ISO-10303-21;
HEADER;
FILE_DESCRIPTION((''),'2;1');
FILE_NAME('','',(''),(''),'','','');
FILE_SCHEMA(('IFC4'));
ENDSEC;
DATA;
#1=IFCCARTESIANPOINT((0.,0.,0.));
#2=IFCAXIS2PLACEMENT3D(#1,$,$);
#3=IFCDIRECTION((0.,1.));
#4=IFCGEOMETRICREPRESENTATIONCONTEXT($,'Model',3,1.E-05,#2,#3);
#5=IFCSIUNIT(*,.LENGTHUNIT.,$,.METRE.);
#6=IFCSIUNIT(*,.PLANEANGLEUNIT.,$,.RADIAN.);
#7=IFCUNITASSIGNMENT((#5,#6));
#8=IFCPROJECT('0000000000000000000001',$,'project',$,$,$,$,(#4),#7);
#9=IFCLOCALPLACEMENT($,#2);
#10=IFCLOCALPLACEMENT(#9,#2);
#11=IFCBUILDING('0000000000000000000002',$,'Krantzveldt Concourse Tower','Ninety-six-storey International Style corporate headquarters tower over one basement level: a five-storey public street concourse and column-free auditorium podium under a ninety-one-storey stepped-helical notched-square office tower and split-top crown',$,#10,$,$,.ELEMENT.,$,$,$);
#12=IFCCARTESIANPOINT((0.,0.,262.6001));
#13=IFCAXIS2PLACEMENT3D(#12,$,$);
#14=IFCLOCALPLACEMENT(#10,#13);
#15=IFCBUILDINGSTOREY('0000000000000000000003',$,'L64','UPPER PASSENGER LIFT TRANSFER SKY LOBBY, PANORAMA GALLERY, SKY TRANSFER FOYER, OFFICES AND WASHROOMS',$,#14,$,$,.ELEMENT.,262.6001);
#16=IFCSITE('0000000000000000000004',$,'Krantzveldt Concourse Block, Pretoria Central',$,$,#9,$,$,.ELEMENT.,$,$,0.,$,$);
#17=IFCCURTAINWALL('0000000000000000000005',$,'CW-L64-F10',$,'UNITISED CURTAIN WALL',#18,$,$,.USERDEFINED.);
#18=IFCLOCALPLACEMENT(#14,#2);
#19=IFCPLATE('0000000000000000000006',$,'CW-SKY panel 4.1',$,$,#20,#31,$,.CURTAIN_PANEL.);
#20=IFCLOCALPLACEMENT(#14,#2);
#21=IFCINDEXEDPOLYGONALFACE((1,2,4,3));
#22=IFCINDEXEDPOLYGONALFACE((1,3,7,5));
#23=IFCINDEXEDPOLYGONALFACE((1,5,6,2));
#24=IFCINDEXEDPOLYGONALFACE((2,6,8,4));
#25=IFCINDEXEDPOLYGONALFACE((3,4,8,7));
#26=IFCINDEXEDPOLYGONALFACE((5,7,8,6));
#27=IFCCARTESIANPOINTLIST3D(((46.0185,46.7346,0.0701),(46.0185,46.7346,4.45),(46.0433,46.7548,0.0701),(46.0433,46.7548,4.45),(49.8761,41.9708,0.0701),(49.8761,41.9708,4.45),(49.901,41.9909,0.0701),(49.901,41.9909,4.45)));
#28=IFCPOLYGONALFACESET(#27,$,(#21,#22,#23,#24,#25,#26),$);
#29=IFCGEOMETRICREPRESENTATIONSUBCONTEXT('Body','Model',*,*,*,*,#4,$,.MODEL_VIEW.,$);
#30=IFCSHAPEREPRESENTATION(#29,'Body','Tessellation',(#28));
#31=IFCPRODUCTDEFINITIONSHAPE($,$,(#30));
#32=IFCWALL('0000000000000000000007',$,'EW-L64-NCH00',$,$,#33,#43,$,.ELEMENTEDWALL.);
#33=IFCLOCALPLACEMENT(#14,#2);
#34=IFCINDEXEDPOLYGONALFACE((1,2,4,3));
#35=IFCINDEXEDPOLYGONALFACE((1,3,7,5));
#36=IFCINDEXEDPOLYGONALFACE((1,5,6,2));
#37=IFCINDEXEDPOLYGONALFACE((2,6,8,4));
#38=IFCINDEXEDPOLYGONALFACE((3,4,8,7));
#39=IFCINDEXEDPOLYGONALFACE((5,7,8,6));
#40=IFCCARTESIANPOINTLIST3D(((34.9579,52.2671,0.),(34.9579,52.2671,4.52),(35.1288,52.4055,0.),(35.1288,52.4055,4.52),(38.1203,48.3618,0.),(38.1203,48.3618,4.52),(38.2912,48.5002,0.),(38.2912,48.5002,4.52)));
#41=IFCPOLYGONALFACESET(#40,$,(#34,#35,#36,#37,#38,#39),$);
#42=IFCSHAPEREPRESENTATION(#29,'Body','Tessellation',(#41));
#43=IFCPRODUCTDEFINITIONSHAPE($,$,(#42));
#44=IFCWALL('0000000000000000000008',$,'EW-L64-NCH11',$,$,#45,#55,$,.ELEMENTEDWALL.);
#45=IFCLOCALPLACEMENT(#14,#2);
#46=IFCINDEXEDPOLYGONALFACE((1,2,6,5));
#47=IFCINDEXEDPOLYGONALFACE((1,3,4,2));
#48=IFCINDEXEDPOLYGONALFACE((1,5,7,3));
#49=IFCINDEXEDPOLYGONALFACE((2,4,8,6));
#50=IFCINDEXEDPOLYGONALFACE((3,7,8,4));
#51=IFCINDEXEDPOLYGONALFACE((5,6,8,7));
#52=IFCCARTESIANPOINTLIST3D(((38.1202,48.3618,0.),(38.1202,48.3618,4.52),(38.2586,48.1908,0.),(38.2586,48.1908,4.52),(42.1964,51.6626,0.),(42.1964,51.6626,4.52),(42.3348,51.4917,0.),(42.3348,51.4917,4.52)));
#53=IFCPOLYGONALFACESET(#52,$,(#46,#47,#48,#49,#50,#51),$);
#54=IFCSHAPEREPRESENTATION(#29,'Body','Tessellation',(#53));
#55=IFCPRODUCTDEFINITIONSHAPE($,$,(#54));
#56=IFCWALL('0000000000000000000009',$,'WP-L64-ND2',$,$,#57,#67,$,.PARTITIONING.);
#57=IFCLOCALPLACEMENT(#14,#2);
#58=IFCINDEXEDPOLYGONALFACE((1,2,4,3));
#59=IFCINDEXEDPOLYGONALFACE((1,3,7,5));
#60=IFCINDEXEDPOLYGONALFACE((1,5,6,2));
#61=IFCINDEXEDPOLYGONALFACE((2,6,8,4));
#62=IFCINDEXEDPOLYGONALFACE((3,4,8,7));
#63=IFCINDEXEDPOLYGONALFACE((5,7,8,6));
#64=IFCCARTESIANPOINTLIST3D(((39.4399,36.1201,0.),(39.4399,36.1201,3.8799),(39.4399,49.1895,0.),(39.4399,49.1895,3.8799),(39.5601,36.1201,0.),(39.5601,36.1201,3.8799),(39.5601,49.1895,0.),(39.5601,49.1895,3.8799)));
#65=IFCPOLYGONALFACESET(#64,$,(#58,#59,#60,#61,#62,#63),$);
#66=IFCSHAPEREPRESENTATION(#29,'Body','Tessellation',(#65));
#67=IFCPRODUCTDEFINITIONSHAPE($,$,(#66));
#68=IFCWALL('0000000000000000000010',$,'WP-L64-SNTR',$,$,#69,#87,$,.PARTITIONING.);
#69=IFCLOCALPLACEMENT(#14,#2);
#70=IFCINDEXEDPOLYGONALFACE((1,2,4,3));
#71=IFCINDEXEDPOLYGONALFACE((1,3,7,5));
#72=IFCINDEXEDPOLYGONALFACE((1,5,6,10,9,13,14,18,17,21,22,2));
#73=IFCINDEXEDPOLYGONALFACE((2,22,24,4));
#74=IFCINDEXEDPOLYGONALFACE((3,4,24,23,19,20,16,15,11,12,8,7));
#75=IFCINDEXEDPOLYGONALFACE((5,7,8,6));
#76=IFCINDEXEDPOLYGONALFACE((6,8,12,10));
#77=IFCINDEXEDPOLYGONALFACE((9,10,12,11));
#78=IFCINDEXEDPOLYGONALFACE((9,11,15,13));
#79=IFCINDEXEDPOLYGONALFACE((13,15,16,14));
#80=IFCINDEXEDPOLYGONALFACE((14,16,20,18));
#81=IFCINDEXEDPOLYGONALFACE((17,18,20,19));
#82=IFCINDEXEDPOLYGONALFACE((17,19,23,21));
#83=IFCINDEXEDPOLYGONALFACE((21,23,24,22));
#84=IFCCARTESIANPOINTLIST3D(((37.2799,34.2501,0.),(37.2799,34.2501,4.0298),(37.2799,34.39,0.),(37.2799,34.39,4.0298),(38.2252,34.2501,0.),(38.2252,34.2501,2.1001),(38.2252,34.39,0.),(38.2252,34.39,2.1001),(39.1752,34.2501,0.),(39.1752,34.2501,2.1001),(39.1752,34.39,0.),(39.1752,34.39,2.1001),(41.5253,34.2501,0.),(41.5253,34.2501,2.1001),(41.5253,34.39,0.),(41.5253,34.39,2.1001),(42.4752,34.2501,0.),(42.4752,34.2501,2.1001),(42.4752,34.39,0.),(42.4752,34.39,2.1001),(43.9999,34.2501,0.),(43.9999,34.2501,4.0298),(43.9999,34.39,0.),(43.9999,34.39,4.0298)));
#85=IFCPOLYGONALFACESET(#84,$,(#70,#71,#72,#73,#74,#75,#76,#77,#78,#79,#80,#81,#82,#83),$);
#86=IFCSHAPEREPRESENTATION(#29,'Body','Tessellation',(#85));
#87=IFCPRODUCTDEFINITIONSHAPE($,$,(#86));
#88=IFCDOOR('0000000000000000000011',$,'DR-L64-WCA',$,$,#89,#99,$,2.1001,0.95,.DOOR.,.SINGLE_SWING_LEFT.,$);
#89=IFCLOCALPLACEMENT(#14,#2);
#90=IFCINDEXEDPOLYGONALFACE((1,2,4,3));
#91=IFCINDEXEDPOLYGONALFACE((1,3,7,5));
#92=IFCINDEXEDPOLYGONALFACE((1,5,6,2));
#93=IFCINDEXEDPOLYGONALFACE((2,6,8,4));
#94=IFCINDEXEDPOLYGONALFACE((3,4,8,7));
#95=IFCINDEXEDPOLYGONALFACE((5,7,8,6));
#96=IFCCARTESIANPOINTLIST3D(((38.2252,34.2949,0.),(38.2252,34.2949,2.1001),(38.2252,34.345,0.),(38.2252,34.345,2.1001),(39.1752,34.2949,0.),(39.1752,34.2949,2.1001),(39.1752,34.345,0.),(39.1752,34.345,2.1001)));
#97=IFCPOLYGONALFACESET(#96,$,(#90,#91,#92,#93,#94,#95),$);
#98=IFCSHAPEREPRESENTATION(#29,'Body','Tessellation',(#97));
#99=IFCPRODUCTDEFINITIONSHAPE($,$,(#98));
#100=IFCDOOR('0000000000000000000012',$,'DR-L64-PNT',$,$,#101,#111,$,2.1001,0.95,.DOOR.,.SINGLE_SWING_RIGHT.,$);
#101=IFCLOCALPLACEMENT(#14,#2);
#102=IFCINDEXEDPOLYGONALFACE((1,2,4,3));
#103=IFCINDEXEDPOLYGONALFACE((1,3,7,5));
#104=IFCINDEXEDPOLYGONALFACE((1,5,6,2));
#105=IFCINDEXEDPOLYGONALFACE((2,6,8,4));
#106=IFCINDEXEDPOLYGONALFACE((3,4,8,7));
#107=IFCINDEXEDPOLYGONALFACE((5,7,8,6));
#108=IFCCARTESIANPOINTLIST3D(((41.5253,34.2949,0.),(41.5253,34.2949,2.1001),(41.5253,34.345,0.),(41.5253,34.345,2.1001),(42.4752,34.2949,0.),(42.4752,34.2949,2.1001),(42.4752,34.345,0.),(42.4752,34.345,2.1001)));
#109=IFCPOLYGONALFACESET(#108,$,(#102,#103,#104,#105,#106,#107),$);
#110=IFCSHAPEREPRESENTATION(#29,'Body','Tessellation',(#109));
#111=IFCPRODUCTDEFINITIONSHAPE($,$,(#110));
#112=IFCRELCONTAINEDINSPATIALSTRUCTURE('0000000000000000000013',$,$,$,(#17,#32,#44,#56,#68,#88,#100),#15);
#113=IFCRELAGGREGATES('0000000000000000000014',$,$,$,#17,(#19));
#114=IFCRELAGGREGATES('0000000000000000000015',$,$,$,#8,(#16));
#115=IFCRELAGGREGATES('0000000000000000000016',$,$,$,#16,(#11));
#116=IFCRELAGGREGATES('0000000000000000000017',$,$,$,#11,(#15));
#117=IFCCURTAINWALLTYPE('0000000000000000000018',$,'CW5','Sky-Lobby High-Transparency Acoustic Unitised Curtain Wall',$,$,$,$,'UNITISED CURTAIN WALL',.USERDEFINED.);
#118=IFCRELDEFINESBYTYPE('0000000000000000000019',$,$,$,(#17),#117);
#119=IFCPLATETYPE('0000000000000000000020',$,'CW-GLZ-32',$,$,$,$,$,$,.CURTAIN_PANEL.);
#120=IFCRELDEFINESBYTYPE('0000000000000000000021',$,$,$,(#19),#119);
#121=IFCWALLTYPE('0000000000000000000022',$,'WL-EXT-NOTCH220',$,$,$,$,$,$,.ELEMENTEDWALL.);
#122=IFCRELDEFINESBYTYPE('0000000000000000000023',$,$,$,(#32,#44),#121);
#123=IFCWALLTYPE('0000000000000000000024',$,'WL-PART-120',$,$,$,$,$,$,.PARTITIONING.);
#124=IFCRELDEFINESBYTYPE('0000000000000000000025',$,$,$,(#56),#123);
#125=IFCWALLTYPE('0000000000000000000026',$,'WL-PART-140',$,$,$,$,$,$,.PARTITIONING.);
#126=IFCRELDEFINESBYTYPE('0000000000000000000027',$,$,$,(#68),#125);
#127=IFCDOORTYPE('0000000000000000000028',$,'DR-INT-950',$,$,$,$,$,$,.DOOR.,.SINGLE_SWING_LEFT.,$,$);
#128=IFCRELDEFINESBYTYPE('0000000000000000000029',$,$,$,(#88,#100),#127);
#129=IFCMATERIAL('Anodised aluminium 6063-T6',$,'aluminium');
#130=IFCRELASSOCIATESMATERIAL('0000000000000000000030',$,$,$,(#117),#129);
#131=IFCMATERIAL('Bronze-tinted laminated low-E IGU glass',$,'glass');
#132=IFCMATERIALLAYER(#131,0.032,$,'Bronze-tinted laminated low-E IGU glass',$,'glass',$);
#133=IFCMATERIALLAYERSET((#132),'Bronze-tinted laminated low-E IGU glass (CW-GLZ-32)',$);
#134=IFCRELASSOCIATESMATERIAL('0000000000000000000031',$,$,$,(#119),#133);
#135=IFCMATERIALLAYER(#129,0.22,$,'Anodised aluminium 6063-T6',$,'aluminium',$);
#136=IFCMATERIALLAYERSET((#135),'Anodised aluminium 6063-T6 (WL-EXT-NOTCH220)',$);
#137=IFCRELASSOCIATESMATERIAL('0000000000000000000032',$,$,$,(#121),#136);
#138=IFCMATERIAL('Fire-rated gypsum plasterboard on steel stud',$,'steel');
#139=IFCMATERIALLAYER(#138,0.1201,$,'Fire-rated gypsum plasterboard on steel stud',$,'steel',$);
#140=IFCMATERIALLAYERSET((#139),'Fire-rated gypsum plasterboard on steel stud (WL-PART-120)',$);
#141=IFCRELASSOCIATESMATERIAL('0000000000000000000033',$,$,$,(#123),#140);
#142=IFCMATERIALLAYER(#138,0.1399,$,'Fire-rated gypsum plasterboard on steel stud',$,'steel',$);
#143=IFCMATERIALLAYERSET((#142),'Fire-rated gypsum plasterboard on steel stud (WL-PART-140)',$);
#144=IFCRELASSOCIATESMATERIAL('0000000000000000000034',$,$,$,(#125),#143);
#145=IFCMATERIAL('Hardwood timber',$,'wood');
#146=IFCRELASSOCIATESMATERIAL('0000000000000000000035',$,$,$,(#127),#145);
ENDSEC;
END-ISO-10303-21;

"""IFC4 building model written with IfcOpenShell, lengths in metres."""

from ifc_helpers import new_model, si_unit, direction, frame, frame_2d, origin, origin_2d, place, context, subcontext, project, spatial, rectangle, extrude, source, transform, mapped, material, layer, layer_set, type_object, element, fill, aggregate, save


model = new_model("IFC4")

# Units and contexts
model_context = context("Model", 3, precision=1e-05, world=origin(), true_north=direction((0.0, 1.0)))
body_context = subcontext(model_context, "Body", "Model", "MODEL_VIEW")
ifc_project = project(units=[si_unit("LENGTHUNIT", "METRE"), si_unit("PLANEANGLEUNIT", "RADIAN")], contexts=[model_context])

# Site, building, storey
site_placement = place(None, origin())
site = spatial("IfcSite", under=ifc_project, at=site_placement, Name="Krantzveldt Concourse Block, Pretoria Central", CompositionType="ELEMENT", RefElevation=0.0)
building_placement = place(site_placement, origin())
building = spatial("IfcBuilding", under=site, at=building_placement, Name="Krantzveldt Concourse Tower", Description="Ninety-six-storey International Style corporate headquarters tower over one basement level: a five-storey public street concourse and column-free auditorium podium under a ninety-one-storey stepped-helical notched-square office tower and split-top crown", CompositionType="ELEMENT")
storey_placement = place(building_placement, frame((0.0, 0.0, 262.6001)))
storey = spatial("IfcBuildingStorey", under=building, at=storey_placement, Name="L64", Description="UPPER PASSENGER LIFT TRANSFER SKY LOBBY, PANORAMA GALLERY, SKY TRANSFER FOYER, OFFICES AND WASHROOMS", CompositionType="ELEMENT", Elevation=262.6001)

# Shared definitions
ifc_material_1 = material(Name="Anodised aluminium 6063-T6", Category="aluminium")
curtain_wall_type = type_object("IfcCurtainWallType", Name="CW5", Description="Sky-Lobby High-Transparency Acoustic Unitised Curtain Wall", ElementType="UNITISED CURTAIN WALL", PredefinedType="USERDEFINED", material=ifc_material_1)

# Curtain wall
curtain_wall_1_placement = place(storey_placement, origin())
curtain_wall_1 = element("IfcCurtainWall", 1, at=curtain_wall_1_placement, inside=storey, type_object=curtain_wall_type, Name="CW-L64-F10", ObjectType="UNITISED CURTAIN WALL", PredefinedType="USERDEFINED")

# Plate
ifc_material_2 = material(Name="Bronze-tinted laminated low-E IGU glass", Category="glass")
ifc_layer_1 = layer(ifc_material_2, 0.032, Name="Bronze-tinted laminated low-E IGU glass", Category="glass")
ifc_layer_set_1 = layer_set([ifc_layer_1], Name="Bronze-tinted laminated low-E IGU glass (CW-GLZ-32)")
plate_type = type_object("IfcPlateType", Name="CW-GLZ-32", PredefinedType="CURTAIN_PANEL", material=ifc_layer_set_1)
shared_shape_1 = source(origin(), body_context, "Body", "SweptSolid", [
    extrude(rectangle(XDim=6.1299, YDim=0.032, at=origin_2d()), origin(), (0.0, 0.0, 1.0), 4.3799),
])
plate_1_placement = place(storey_placement, frame((47.9597, 44.3628, 0.0701), z_axis=(0.0, 0.0, 1.0), x_axis=(-0.62932, 0.777146, 0.0)))
plate_1 = element("IfcPlate", 2, at=plate_1_placement, type_object=plate_type, Name="CW-SKY panel 4.1", PredefinedType="CURTAIN_PANEL", context=body_context, shape_type="MappedRepresentation", body=[
    mapped(shared_shape_1, transform((0.0, 0.0, 0.0), x_axis=(1.0, 0.0, 0.0), y_axis=(0.0, 1.0, 0.0), z_axis=(0.0, 0.0, 1.0), scale=1.0)),
])
aggregate(curtain_wall_1, [plate_1])

# Walls
ifc_layer_2 = layer(ifc_material_1, 0.22, Name="Anodised aluminium 6063-T6", Category="aluminium")
ifc_layer_set_2 = layer_set([ifc_layer_2], Name="Anodised aluminium 6063-T6 (WL-EXT-NOTCH220)")
wall_type_1 = type_object("IfcWallType", Name="WL-EXT-NOTCH220", PredefinedType="ELEMENTEDWALL", material=ifc_layer_set_2)
wall_1_placement = place(storey_placement, frame((38.2058, 48.4309, 0.0), z_axis=(0.0, 0.0, 1.0), x_axis=(-0.629311, 0.777153, 0.0)))
element("IfcWall", 3, at=wall_1_placement, inside=storey, type_object=wall_type_1, Name="EW-L64-NCH00", PredefinedType="ELEMENTEDWALL", context=body_context, shape_type="SweptSolid", body=[
    extrude(rectangle(XDim=5.0251, YDim=0.22, at=frame_2d((2.5127, 0.0))), origin(), (0.0, 0.0, 1.0), 4.52),
])
wall_2_placement = place(storey_placement, frame((42.2656, 51.5771, 0.0), z_axis=(0.0, 0.0, 1.0), x_axis=(-0.777149, -0.629316, 0.0)))
element("IfcWall", 4, at=wall_2_placement, inside=storey, type_object=wall_type_1, Name="EW-L64-NCH11", PredefinedType="ELEMENTEDWALL", context=body_context, shape_type="SweptSolid", body=[
    extrude(rectangle(XDim=5.2451, YDim=0.22, at=frame_2d((2.6226, 0.0))), origin(), (0.0, 0.0, 1.0), 4.52),
])
ifc_material_3 = material(Name="Fire-rated gypsum plasterboard on steel stud", Category="steel")
ifc_layer_3 = layer(ifc_material_3, 0.1201, Name="Fire-rated gypsum plasterboard on steel stud", Category="steel")
ifc_layer_set_3 = layer_set([ifc_layer_3], Name="Fire-rated gypsum plasterboard on steel stud (WL-PART-120)")
wall_type_2 = type_object("IfcWallType", Name="WL-PART-120", PredefinedType="PARTITIONING", material=ifc_layer_set_3)
wall_3_placement = place(storey_placement, frame((39.5, 36.1201, 0.0), z_axis=(0.0, 0.0, 1.0), x_axis=(0.0, 1.0, 0.0)))
element("IfcWall", 5, at=wall_3_placement, inside=storey, type_object=wall_type_2, Name="WP-L64-ND2", PredefinedType="PARTITIONING", context=body_context, shape_type="SweptSolid", body=[
    extrude(rectangle(XDim=13.0693, YDim=0.1201, at=frame_2d((6.5347, 0.0))), origin(), (0.0, 0.0, 1.0), 3.8799),
])

# Wall, openings, doors
ifc_layer_4 = layer(ifc_material_3, 0.1399, Name="Fire-rated gypsum plasterboard on steel stud", Category="steel")
ifc_layer_set_4 = layer_set([ifc_layer_4], Name="Fire-rated gypsum plasterboard on steel stud (WL-PART-140)")
wall_type_3 = type_object("IfcWallType", Name="WL-PART-140", PredefinedType="PARTITIONING", material=ifc_layer_set_4)
wall_4_placement = place(storey_placement, frame((37.28, 34.3201, 0.0), z_axis=(0.0, 0.0, 1.0), x_axis=(1.0, 0.0, 0.0)))
wall_4 = element("IfcWall", 6, at=wall_4_placement, inside=storey, type_object=wall_type_3, Name="WP-L64-SNTR", PredefinedType="PARTITIONING", context=body_context, shape_type="SweptSolid", body=[
    extrude(rectangle(XDim=6.72, YDim=0.1399, at=frame_2d((3.3599, 0.0))), origin(), (0.0, 0.0, 1.0), 4.0298),
])
opening_1_placement = place(wall_4_placement, frame((0.9451, 0.0, 0.0)))
opening_1 = element("IfcOpeningElement", 7, at=opening_1_placement, cuts=wall_4, PredefinedType="OPENING", context=body_context, shape_type="SweptSolid", body=[
    extrude(rectangle(XDim=0.95, YDim=2.1001, at=frame_2d((0.4751, 1.05))), frame((0.0, 0.0801, 0.0), z_axis=(0.0, -1.0, 0.0), x_axis=(1.0, 0.0, 0.0)), (0.0, 0.0, 1.0), 0.1599),
])
opening_2_placement = place(wall_4_placement, frame((4.2451, 0.0, 0.0)))
opening_2 = element("IfcOpeningElement", 8, at=opening_2_placement, cuts=wall_4, PredefinedType="OPENING", context=body_context, shape_type="SweptSolid", body=[
    extrude(rectangle(XDim=0.95, YDim=2.1001, at=frame_2d((0.4751, 1.05))), frame((0.0, 0.0801, 0.0), z_axis=(0.0, -1.0, 0.0), x_axis=(1.0, 0.0, 0.0)), (0.0, 0.0, 1.0), 0.1599),
])
ifc_material_4 = material(Name="Hardwood timber", Category="wood")
door_type = type_object("IfcDoorType", Name="DR-INT-950", OperationType="SINGLE_SWING_LEFT", PredefinedType="DOOR", material=ifc_material_4)
door_1_placement = place(opening_1_placement, origin())
door_1 = element("IfcDoor", 9, at=door_1_placement, inside=storey, type_object=door_type, Name="DR-L64-WCA", OperationType="SINGLE_SWING_LEFT", OverallHeight=2.1001, OverallWidth=0.95, PredefinedType="DOOR", context=body_context, shape_type="SweptSolid", body=[
    extrude(rectangle(XDim=0.95, YDim=2.1001, at=frame_2d((0.4751, 1.05))), frame((0.0, 0.0249, 0.0), z_axis=(0.0, -1.0, 0.0), x_axis=(1.0, 0.0, 0.0)), (0.0, 0.0, 1.0), 0.05),
])
fill(opening_1, door_1)
door_2_placement = place(opening_2_placement, origin())
door_2 = element("IfcDoor", 10, at=door_2_placement, inside=storey, type_object=door_type, Name="DR-L64-PNT", OperationType="SINGLE_SWING_RIGHT", OverallHeight=2.1001, OverallWidth=0.95, PredefinedType="DOOR", context=body_context, shape_type="SweptSolid", body=[
    extrude(rectangle(XDim=0.95, YDim=2.1001, at=frame_2d((0.4751, 1.05))), frame((0.0, 0.0249, 0.0), z_axis=(0.0, -1.0, 0.0), x_axis=(1.0, 0.0, 0.0)), (0.0, 0.0, 1.0), 0.05),
])
fill(opening_2, door_2)

save(model, "model.ifc")
